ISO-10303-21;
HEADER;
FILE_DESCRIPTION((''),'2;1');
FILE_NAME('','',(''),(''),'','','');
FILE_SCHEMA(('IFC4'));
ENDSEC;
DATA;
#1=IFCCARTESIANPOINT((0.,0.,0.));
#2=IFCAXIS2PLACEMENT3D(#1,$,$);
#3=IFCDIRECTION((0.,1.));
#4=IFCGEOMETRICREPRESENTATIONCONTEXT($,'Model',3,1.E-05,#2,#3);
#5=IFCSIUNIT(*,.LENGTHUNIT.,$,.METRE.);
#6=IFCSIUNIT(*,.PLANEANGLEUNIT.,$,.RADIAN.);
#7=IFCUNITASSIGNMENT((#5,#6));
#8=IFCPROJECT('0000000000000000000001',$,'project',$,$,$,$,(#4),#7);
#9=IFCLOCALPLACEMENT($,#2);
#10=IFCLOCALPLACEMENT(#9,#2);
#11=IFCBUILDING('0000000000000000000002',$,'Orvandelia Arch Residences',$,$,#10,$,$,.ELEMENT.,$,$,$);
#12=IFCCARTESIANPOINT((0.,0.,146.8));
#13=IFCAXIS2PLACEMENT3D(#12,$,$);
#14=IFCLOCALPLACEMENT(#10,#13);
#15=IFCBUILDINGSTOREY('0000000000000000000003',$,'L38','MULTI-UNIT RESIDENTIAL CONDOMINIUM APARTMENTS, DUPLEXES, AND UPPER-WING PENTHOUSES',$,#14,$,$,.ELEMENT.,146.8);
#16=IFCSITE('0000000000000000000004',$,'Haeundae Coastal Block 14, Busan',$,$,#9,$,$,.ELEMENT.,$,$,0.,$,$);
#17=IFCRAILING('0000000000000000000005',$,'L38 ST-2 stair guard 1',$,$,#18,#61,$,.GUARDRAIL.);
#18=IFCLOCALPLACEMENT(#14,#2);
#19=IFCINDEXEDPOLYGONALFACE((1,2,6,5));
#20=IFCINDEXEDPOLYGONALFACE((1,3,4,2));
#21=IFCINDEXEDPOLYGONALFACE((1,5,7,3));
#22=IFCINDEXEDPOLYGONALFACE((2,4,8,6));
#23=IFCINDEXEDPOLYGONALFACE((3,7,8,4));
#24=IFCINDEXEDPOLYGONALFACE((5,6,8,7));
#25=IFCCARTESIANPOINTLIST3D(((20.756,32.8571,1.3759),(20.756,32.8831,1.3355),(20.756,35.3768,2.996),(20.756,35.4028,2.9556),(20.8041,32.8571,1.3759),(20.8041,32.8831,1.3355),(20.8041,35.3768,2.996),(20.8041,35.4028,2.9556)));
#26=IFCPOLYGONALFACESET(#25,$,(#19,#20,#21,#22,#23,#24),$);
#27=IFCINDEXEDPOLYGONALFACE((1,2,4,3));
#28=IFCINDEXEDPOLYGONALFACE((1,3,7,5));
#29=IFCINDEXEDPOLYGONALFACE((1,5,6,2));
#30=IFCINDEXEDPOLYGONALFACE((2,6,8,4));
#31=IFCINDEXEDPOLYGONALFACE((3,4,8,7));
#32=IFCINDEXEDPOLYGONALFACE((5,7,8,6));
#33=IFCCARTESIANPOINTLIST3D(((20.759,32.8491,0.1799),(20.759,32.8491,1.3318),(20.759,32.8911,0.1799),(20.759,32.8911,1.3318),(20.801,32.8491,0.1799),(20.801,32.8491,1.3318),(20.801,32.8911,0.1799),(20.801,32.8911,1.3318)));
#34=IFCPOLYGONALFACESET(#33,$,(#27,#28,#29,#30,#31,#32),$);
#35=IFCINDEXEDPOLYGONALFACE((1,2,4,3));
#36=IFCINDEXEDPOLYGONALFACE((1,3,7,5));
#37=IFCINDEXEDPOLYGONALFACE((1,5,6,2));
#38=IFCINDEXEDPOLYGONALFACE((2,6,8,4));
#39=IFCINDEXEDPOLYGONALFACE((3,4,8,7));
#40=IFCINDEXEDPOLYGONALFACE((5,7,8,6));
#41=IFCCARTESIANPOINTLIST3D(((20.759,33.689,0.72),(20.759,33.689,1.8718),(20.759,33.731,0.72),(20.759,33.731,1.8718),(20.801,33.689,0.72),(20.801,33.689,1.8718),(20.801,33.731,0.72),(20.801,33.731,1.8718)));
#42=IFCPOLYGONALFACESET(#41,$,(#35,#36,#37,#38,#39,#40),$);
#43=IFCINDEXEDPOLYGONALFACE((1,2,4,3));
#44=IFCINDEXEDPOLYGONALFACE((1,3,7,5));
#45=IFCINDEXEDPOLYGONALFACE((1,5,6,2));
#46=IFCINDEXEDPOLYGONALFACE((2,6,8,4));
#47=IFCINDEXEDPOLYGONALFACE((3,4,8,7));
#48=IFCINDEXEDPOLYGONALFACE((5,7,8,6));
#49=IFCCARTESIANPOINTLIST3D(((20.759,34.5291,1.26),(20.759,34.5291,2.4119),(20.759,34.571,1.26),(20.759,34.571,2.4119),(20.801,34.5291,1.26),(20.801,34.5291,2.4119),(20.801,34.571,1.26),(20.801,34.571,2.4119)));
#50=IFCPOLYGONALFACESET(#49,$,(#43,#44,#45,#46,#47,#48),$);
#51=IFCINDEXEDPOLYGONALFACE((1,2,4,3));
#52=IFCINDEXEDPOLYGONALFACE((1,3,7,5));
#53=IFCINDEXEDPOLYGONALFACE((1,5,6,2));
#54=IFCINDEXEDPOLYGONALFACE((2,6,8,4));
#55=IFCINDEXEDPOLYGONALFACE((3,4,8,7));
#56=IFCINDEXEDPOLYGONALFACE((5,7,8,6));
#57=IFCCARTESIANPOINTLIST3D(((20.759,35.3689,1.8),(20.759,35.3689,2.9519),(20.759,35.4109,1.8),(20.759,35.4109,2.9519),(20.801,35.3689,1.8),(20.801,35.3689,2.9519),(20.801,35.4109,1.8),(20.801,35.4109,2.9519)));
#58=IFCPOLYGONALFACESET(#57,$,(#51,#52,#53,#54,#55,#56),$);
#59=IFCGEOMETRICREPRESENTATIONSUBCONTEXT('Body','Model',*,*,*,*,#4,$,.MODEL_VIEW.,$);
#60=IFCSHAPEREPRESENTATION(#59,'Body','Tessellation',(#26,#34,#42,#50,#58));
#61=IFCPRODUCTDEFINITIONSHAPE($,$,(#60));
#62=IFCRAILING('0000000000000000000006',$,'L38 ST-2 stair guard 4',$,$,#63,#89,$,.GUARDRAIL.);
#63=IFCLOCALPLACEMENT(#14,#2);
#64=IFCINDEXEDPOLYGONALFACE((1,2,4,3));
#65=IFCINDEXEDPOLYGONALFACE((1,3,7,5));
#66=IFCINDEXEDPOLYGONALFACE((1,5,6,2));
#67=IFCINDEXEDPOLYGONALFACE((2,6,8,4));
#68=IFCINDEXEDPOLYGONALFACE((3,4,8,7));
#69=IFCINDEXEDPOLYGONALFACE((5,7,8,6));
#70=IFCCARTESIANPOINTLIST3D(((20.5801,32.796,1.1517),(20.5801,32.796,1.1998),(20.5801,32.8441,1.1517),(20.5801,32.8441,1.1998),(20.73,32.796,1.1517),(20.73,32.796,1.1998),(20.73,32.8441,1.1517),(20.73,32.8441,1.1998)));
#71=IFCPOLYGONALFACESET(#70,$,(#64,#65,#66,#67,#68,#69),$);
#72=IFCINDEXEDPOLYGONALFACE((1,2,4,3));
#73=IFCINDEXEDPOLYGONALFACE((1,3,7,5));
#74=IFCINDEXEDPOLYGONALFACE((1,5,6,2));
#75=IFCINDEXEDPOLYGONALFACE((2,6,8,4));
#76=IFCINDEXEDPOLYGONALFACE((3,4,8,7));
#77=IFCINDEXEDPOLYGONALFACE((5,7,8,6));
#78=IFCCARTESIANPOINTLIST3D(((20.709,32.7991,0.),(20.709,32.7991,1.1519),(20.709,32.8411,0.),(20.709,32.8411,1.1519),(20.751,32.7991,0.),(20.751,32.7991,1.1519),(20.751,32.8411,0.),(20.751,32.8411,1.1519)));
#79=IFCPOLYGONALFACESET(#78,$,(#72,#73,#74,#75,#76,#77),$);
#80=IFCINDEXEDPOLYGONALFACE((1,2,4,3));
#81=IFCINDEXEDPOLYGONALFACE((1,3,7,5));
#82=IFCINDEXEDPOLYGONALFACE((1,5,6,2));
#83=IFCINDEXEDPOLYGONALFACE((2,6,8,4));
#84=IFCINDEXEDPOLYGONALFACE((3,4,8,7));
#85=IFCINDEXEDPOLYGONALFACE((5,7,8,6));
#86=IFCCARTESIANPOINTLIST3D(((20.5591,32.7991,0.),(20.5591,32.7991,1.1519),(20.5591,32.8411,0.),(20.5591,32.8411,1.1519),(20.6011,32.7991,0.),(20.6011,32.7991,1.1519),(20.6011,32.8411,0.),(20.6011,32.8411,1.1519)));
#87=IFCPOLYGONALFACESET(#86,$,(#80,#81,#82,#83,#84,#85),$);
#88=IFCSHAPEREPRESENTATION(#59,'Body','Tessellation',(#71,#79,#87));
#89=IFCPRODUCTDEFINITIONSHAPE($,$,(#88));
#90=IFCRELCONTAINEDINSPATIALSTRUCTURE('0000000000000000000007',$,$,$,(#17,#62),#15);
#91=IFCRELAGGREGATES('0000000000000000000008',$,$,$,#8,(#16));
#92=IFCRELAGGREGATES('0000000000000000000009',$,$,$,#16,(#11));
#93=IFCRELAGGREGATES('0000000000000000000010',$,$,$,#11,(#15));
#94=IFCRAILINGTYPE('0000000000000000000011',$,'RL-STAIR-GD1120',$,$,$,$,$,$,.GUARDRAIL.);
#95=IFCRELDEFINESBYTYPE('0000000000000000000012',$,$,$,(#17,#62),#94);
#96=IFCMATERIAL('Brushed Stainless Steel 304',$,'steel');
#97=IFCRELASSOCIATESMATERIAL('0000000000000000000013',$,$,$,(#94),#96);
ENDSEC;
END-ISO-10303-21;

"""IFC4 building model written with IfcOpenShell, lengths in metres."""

from ifc_helpers import new_model, si_unit, direction, frame, origin, origin_2d, place, context, subcontext, project, spatial, rectangle, extrude, material, type_object, element, save


model = new_model("IFC4")

# Units and contexts
model_context = context("Model", 3, precision=1e-05, world=origin(), true_north=direction((0.0, 1.0)))
body_context = subcontext(model_context, "Body", "Model", "MODEL_VIEW")
ifc_project = project(units=[si_unit("LENGTHUNIT", "METRE"), si_unit("PLANEANGLEUNIT", "RADIAN")], contexts=[model_context])

# Site, building, storey
site_placement = place(None, origin())
site = spatial("IfcSite", under=ifc_project, at=site_placement, Name="Haeundae Coastal Block 14, Busan", CompositionType="ELEMENT", RefElevation=0.0)
building_placement = place(site_placement, origin())
building = spatial("IfcBuilding", under=site, at=building_placement, Name="Orvandelia Arch Residences", CompositionType="ELEMENT")
storey_placement = place(building_placement, frame((0.0, 0.0, 146.8)))
storey = spatial("IfcBuildingStorey", under=building, at=storey_placement, Name="L38", Description="MULTI-UNIT RESIDENTIAL CONDOMINIUM APARTMENTS, DUPLEXES, AND UPPER-WING PENTHOUSES", CompositionType="ELEMENT", Elevation=146.8)

# Railings
ifc_material_1 = material(Name="Brushed Stainless Steel 304", Category="steel")
railing_type = type_object("IfcRailingType", Name="RL-STAIR-GD1120", PredefinedType="GUARDRAIL", material=ifc_material_1)
railing_1_placement = place(storey_placement, frame((20.78, 32.8701, 0.1799)))
element("IfcRailing", 1, at=railing_1_placement, inside=storey, type_object=railing_type, Name="L38 ST-2 stair guard 1", PredefinedType="GUARDRAIL", context=body_context, shape_type="SweptSolid", body=[
    extrude(rectangle(XDim=0.0481, YDim=0.0481, at=origin_2d()), frame((0.0, 0.0, 1.1758), z_axis=(0.0, 0.841139, 0.540819), x_axis=(-1.0, 0.0, 0.0)), (0.0, 0.0, 1.0), 2.9956),
    extrude(rectangle(XDim=0.042, YDim=0.042, at=origin_2d()), origin(), (0.0, 0.0, 1.0), 1.1519),
    extrude(rectangle(XDim=0.042, YDim=0.042, at=origin_2d()), frame((0.0, 0.8398, 0.54)), (0.0, 0.0, 1.0), 1.1519),
    extrude(rectangle(XDim=0.042, YDim=0.042, at=origin_2d()), frame((0.0, 1.6799, 1.0801)), (0.0, 0.0, 1.0), 1.1519),
    extrude(rectangle(XDim=0.042, YDim=0.042, at=origin_2d()), frame((0.0, 2.5198, 1.6201)), (0.0, 0.0, 1.0), 1.1519),
])
railing_2_placement = place(storey_placement, frame((20.73, 32.8201, 0.0)))
element("IfcRailing", 2, at=railing_2_placement, inside=storey, type_object=railing_type, Name="L38 ST-2 stair guard 4", PredefinedType="GUARDRAIL", context=body_context, shape_type="SweptSolid", body=[
    extrude(rectangle(XDim=0.0481, YDim=0.0481, at=origin_2d()), frame((0.0, 0.0, 1.1758), z_axis=(-1.0, 0.0, 0.0), x_axis=(0.0, -1.0, 0.0)), (0.0, 0.0, 1.0), 0.1499),
    extrude(rectangle(XDim=0.042, YDim=0.042, at=origin_2d()), origin(), (0.0, 0.0, 1.0), 1.1519),
    extrude(rectangle(XDim=0.042, YDim=0.042, at=origin_2d()), frame((-0.1499, 0.0, 0.0)), (0.0, 0.0, 1.0), 1.1519),
])

save(model, "model.ifc")
